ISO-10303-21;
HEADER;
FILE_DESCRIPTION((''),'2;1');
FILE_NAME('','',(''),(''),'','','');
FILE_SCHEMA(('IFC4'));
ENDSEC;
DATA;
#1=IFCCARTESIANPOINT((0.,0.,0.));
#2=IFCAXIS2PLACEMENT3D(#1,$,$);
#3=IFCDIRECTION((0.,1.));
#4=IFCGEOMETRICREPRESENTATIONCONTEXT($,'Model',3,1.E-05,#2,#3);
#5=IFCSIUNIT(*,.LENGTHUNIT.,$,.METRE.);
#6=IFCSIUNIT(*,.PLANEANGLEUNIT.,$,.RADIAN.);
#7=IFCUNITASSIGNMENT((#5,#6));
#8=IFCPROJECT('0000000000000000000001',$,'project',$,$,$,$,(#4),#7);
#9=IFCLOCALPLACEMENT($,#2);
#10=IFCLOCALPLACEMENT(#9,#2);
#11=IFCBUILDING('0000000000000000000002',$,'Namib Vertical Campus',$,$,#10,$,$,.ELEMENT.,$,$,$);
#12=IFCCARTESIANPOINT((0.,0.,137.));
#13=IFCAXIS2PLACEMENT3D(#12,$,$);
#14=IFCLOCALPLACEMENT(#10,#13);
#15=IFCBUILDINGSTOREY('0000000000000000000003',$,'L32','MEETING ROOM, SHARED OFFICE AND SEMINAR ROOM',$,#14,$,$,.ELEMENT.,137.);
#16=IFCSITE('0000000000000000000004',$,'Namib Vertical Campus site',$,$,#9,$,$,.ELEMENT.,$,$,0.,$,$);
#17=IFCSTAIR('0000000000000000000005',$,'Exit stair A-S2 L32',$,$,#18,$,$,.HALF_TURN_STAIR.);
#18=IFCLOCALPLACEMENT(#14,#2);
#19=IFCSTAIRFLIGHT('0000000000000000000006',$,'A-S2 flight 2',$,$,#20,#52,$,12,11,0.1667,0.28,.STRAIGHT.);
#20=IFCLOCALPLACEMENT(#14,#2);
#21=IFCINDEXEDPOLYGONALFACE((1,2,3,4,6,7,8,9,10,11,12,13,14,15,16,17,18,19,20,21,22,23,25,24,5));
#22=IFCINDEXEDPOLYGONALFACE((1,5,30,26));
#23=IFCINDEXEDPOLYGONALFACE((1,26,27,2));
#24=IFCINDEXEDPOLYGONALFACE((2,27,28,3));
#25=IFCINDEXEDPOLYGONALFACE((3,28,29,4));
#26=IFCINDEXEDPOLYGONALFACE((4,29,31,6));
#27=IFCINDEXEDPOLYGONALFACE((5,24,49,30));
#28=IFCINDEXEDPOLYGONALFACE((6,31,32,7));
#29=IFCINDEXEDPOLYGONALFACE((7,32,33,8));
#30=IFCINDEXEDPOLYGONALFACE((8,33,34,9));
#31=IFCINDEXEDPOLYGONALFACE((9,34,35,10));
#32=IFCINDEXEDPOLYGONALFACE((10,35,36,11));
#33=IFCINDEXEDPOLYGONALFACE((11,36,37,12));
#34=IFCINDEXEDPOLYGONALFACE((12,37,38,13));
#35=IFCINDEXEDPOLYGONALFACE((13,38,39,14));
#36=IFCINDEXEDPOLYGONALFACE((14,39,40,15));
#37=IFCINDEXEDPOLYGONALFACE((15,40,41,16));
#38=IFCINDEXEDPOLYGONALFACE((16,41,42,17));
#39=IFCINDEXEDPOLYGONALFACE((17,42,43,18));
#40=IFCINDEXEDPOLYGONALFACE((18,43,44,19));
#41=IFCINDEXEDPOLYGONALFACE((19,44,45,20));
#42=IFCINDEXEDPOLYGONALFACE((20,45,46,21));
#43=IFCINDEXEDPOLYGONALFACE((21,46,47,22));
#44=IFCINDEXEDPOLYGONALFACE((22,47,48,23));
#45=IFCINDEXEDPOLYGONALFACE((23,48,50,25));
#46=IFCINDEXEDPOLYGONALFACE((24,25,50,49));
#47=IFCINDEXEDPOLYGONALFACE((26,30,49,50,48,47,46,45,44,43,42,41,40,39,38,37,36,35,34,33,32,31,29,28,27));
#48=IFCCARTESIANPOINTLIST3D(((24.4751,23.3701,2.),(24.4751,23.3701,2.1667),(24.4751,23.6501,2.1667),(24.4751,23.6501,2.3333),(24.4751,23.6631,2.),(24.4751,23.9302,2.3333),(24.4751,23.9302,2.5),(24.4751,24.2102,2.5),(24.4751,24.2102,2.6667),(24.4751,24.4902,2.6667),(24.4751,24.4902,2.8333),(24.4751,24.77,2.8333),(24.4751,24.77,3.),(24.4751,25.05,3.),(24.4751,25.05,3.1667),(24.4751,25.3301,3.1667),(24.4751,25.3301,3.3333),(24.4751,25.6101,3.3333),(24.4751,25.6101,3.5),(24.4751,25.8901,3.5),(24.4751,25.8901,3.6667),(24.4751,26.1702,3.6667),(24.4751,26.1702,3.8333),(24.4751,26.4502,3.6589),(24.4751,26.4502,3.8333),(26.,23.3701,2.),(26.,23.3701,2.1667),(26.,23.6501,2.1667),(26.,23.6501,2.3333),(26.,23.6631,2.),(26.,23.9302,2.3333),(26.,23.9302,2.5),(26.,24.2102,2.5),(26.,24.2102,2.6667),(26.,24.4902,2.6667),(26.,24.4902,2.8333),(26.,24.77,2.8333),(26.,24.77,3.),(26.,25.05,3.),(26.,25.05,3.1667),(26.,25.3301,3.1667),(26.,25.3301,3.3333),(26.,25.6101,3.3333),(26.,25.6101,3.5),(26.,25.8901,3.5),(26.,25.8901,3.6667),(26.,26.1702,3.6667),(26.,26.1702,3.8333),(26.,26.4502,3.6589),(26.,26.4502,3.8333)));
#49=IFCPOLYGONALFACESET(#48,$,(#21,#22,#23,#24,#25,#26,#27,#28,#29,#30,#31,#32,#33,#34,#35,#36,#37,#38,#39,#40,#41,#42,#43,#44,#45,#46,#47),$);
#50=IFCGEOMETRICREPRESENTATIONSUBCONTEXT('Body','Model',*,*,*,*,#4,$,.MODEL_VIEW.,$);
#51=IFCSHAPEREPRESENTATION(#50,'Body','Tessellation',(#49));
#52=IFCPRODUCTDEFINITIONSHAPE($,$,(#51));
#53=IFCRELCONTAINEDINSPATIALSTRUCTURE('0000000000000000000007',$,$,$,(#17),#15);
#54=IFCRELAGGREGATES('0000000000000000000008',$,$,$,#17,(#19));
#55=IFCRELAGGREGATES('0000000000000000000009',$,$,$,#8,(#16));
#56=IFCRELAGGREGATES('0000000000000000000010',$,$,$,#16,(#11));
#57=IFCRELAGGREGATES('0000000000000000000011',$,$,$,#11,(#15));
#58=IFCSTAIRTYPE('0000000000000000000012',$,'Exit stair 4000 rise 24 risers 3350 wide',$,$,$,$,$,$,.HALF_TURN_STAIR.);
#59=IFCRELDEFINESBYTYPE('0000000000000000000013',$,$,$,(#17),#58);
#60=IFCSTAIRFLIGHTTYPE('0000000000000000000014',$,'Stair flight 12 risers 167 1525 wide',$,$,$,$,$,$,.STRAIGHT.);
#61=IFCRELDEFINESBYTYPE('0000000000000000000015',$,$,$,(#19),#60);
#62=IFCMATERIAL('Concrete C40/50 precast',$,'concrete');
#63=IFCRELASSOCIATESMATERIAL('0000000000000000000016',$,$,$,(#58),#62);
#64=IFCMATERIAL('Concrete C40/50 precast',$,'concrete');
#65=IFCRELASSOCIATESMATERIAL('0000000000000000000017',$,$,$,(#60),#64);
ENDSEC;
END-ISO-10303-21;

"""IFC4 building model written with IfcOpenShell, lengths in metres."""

from ifc_helpers import new_model, si_unit, direction, frame, origin, place, context, subcontext, project, spatial, polyline, outline, extrude, material, type_object, element, aggregate, save


model = new_model("IFC4")

# Units and contexts
model_context = context("Model", 3, precision=1e-05, world=origin(), true_north=direction((0.0, 1.0)))
body_context = subcontext(model_context, "Body", "Model", "MODEL_VIEW")
ifc_project = project(units=[si_unit("LENGTHUNIT", "METRE"), si_unit("PLANEANGLEUNIT", "RADIAN")], contexts=[model_context])

# Site, building, storey
site_placement = place(None, origin())
site = spatial("IfcSite", under=ifc_project, at=site_placement, Name="Namib Vertical Campus site", CompositionType="ELEMENT", RefElevation=0.0)
building_placement = place(site_placement, origin())
building = spatial("IfcBuilding", under=site, at=building_placement, Name="Namib Vertical Campus", CompositionType="ELEMENT")
storey_placement = place(building_placement, frame((0.0, 0.0, 137.0)))
storey = spatial("IfcBuildingStorey", under=building, at=storey_placement, Name="L32", Description="MEETING ROOM, SHARED OFFICE AND SEMINAR ROOM", CompositionType="ELEMENT", Elevation=137.0)

# Stair, stair flight
ifc_material_1 = material(Name="Concrete C40/50 precast", Category="concrete")
stair_type = type_object("IfcStairType", Name="Exit stair 4000 rise 24 risers 3350 wide", PredefinedType="HALF_TURN_STAIR", material=ifc_material_1)
stair_placement = place(storey_placement, origin())
stair = element("IfcStair", 1, at=stair_placement, inside=storey, type_object=stair_type, Name="Exit stair A-S2 L32", PredefinedType="HALF_TURN_STAIR")
ifc_material_2 = material(Name="Concrete C40/50 precast", Category="concrete")
stair_flight_type = type_object("IfcStairFlightType", Name="Stair flight 12 risers 167 1525 wide", PredefinedType="STRAIGHT", material=ifc_material_2)
stair_flight_1_placement = place(storey_placement, frame((25.2375, 23.3701, 2.0), z_axis=(0.0, 0.0, 1.0), x_axis=(0.0, 1.0, 0.0)))
stair_flight_1 = element("IfcStairFlight", 2, at=stair_flight_1_placement, type_object=stair_flight_type, Name="A-S2 flight 2", NumberOfRisers=12, NumberOfTreads=11, PredefinedType="STRAIGHT", RiserHeight=0.1667, TreadLength=0.28, context=body_context, shape_type="SweptSolid", body=[
    extrude(outline(polyline([(0.0, 0.0), (0.0, 0.1667), (0.28, 0.1667), (0.28, 0.3333), (0.5601, 0.3333), (0.5601, 0.5), (0.8401, 0.5), (0.8401, 0.6667), (1.1201, 0.6667), (1.1201, 0.8333), (1.3999, 0.8333), (1.3999, 1.0), (1.6799, 1.0), (1.6799, 1.1667), (1.96, 1.1667), (1.96, 1.3333), (2.24, 1.3333), (2.24, 1.5), (2.52, 1.5), (2.52, 1.6667), (2.8, 1.6667), (2.8, 1.8333), (3.0801, 1.8333), (3.0801, 2.0), (3.0801, 1.6589), (0.293, 0.0), (0.0, 0.0)])), frame((0.0, 0.7625, 0.0), z_axis=(0.0, -1.0, 0.0), x_axis=(1.0, 0.0, 0.0)), (0.0, 0.0, 1.0), 1.5249),
])
aggregate(stair, [stair_flight_1])

save(model, "model.ifc")
